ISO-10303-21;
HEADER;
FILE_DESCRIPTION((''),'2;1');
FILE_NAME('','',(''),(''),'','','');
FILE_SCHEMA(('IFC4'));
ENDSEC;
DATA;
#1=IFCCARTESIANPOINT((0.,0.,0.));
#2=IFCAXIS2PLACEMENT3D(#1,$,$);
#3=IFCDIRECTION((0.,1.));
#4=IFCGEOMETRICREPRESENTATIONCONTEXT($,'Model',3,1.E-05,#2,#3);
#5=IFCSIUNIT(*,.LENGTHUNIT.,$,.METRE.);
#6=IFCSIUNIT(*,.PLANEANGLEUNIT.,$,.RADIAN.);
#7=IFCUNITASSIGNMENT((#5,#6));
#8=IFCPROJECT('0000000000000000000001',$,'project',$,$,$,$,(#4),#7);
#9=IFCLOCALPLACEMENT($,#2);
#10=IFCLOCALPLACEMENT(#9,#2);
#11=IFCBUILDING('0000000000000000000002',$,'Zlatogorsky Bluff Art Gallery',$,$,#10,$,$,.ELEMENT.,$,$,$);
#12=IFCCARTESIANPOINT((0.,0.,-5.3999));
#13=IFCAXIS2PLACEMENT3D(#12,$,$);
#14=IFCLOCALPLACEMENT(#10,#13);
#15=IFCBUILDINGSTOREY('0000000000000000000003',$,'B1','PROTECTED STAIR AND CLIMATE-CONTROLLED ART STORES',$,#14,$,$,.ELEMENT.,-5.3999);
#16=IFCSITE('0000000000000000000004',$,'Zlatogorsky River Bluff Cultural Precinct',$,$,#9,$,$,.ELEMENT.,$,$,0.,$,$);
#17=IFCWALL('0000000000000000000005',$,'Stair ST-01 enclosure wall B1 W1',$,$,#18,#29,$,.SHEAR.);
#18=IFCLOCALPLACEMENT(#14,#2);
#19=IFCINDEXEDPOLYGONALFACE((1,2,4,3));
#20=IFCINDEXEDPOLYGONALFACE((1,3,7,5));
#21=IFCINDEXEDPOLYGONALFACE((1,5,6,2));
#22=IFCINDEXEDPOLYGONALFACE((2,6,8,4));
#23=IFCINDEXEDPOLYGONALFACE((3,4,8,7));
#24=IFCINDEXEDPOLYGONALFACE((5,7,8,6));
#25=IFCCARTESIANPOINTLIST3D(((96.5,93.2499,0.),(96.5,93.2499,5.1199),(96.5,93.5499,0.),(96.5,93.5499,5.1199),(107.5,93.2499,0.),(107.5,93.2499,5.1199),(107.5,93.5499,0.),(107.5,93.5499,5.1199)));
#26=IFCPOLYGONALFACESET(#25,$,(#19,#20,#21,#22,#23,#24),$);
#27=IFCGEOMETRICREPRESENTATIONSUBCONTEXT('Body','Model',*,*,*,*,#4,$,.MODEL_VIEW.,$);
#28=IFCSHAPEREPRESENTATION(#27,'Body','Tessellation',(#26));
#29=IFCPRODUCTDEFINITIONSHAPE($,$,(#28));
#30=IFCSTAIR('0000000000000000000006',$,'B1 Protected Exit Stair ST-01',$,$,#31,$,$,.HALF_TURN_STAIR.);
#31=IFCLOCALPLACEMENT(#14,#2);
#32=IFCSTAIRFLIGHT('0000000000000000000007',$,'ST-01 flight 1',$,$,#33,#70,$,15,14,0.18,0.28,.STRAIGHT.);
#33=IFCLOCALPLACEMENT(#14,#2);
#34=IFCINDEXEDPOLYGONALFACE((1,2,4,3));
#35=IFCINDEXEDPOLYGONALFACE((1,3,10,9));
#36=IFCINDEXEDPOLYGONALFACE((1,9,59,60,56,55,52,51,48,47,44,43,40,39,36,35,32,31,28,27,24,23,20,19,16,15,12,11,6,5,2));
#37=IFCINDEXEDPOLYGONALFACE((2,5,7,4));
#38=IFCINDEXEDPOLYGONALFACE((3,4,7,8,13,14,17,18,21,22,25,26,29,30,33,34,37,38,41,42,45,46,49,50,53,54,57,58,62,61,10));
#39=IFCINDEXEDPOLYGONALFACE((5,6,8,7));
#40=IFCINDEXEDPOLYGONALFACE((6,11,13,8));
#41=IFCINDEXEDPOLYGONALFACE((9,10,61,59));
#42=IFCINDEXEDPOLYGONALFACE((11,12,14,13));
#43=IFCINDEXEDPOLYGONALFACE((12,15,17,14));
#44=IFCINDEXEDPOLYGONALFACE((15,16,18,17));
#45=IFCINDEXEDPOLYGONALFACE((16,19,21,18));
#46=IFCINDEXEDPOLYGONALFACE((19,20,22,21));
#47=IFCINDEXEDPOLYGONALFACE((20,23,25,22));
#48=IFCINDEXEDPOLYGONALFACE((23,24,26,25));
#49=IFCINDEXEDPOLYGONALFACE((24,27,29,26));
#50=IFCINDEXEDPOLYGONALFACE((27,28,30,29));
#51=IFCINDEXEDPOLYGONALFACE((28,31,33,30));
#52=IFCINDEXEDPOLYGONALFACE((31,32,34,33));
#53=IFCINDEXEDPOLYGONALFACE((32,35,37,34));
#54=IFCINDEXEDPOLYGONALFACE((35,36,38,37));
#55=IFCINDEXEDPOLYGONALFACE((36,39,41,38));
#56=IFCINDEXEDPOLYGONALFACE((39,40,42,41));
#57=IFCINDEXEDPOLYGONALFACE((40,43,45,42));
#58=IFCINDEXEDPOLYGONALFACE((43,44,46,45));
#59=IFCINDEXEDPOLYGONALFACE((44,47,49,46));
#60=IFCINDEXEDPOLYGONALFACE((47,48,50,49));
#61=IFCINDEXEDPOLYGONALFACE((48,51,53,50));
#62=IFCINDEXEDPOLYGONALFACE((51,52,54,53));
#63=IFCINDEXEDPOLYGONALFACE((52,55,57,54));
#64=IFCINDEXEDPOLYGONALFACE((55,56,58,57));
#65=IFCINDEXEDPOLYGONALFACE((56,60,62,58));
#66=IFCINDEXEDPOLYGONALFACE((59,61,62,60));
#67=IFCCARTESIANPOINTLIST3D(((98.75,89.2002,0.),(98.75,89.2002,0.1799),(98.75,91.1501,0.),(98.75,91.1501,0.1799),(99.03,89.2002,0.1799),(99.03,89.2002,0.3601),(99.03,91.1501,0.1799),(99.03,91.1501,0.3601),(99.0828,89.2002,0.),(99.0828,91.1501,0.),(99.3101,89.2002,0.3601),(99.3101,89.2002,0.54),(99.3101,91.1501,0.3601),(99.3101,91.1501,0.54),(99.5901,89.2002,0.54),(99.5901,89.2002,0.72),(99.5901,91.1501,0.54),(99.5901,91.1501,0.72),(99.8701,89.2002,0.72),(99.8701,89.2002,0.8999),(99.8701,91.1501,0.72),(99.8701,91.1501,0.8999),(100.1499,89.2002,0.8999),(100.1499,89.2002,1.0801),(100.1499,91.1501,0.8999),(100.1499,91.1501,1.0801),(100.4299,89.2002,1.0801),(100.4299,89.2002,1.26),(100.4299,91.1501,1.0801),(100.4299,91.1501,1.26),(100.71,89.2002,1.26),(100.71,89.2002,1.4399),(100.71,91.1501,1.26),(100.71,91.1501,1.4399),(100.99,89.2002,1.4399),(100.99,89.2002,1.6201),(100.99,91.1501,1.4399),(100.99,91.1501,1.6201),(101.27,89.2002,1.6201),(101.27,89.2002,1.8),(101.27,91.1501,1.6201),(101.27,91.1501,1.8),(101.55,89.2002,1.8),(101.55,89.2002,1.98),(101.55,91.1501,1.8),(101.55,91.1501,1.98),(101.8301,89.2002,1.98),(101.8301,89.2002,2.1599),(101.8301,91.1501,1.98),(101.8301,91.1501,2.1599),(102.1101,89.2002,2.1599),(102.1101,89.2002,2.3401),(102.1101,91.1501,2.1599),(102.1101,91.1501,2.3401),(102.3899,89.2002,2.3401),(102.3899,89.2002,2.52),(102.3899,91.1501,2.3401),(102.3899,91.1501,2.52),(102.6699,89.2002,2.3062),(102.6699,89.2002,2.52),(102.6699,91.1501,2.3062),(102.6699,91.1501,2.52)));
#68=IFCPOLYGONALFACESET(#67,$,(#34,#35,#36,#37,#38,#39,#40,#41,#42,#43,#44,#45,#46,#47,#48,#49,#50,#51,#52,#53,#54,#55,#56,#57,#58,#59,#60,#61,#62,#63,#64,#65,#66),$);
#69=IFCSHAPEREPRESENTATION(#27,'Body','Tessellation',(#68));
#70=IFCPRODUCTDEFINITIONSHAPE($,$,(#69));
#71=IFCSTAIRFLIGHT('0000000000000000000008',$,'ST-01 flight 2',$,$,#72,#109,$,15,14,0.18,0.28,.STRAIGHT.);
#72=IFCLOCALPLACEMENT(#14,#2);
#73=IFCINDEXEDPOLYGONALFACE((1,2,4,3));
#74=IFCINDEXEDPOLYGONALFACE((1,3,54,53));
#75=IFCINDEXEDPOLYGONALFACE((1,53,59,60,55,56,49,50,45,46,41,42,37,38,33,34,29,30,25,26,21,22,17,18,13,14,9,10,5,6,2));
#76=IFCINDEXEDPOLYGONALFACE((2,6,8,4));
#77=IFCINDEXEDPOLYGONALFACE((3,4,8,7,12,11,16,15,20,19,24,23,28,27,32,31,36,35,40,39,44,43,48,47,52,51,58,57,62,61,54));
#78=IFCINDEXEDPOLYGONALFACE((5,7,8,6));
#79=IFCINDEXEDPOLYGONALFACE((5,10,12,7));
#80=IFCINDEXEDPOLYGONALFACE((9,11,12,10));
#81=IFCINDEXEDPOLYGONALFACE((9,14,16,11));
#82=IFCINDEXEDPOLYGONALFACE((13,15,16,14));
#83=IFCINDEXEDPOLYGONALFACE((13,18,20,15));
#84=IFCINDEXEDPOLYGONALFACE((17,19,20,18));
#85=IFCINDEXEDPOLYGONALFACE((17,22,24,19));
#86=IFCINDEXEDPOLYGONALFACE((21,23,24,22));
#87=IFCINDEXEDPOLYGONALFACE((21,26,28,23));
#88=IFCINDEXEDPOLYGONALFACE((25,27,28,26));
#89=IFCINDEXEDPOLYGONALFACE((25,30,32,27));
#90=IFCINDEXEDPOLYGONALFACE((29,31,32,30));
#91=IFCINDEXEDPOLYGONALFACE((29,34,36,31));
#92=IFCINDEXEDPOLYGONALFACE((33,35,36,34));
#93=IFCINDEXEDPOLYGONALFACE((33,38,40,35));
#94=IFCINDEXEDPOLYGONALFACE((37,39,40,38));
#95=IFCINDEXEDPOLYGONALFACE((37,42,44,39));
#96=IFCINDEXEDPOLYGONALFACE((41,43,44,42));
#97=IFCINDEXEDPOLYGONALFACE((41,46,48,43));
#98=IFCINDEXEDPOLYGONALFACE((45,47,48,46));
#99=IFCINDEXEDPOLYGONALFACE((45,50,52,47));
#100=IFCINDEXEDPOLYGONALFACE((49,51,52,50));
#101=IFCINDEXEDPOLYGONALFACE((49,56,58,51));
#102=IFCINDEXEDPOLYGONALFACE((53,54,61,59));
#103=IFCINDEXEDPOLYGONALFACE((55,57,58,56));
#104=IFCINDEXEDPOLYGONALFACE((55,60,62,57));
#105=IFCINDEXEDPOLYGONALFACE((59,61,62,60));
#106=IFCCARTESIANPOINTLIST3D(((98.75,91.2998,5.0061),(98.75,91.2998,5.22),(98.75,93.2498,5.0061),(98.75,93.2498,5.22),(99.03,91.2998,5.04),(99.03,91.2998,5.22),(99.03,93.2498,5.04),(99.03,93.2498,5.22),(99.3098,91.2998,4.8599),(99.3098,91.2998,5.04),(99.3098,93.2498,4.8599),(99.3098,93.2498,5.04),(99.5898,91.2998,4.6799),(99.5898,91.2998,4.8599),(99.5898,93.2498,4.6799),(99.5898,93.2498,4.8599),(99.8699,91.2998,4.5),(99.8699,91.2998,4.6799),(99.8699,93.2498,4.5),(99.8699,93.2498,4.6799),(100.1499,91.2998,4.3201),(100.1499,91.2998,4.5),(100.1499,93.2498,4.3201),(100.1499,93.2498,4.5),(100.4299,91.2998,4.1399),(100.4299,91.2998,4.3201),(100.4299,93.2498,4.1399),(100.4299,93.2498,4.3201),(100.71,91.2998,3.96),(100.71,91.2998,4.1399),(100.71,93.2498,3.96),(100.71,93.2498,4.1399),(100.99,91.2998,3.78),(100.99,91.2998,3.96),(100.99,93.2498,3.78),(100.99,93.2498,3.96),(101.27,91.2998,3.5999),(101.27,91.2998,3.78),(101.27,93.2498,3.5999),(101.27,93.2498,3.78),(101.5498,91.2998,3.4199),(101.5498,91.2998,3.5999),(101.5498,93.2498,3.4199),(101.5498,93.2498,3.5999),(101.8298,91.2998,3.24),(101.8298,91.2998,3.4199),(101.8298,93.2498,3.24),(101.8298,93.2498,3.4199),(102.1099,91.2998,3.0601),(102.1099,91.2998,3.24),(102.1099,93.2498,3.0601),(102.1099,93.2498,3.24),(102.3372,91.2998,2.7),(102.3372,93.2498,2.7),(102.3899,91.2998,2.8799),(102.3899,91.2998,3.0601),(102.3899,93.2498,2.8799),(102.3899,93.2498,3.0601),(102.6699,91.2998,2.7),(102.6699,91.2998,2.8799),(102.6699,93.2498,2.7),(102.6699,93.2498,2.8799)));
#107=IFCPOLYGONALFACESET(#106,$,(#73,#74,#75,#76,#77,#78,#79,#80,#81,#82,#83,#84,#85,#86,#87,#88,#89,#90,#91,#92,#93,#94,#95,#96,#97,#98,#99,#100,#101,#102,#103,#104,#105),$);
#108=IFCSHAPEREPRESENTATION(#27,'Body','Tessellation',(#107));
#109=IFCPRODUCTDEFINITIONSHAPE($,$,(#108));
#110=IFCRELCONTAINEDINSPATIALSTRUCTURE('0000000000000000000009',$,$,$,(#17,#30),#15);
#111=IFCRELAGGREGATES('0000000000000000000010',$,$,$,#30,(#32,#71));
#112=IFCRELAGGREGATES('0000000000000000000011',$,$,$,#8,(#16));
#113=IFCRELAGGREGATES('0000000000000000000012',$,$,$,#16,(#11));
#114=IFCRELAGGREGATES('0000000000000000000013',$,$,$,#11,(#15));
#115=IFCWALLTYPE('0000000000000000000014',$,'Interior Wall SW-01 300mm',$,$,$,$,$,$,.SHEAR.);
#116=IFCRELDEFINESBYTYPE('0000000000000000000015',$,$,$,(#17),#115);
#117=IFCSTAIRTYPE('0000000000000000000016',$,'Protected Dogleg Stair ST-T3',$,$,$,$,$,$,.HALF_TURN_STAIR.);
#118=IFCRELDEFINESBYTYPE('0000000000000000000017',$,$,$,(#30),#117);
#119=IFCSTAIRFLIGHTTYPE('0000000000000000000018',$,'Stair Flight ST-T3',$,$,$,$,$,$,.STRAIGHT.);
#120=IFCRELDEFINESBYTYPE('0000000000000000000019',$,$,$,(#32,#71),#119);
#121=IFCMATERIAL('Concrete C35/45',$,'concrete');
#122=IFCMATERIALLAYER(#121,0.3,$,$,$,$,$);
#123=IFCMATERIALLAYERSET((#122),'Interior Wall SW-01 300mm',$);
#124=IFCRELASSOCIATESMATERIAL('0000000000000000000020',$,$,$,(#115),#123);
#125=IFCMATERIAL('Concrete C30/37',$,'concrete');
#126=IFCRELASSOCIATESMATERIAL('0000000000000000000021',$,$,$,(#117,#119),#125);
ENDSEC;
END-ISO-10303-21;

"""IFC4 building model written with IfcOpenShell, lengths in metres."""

from ifc_helpers import new_model, si_unit, direction, frame, frame_2d, origin, place, context, subcontext, project, spatial, polyline, rectangle, outline, extrude, material, layer, layer_set, type_object, element, aggregate, save


model = new_model("IFC4")

# Units and contexts
model_context = context("Model", 3, precision=1e-05, world=origin(), true_north=direction((0.0, 1.0)))
body_context = subcontext(model_context, "Body", "Model", "MODEL_VIEW")
ifc_project = project(units=[si_unit("LENGTHUNIT", "METRE"), si_unit("PLANEANGLEUNIT", "RADIAN")], contexts=[model_context])

# Site, building, storey
site_placement = place(None, origin())
site = spatial("IfcSite", under=ifc_project, at=site_placement, Name="Zlatogorsky River Bluff Cultural Precinct", CompositionType="ELEMENT", RefElevation=0.0)
building_placement = place(site_placement, origin())
building = spatial("IfcBuilding", under=site, at=building_placement, Name="Zlatogorsky Bluff Art Gallery", CompositionType="ELEMENT")
storey_placement = place(building_placement, frame((0.0, 0.0, -5.3999)))
storey = spatial("IfcBuildingStorey", under=building, at=storey_placement, Name="B1", Description="PROTECTED STAIR AND CLIMATE-CONTROLLED ART STORES", CompositionType="ELEMENT", Elevation=-5.3999)

# Shared definitions
ifc_material_1 = material(Name="Concrete C35/45", Category="concrete")

# Wall
ifc_layer_1 = layer(ifc_material_1, 0.3)
ifc_layer_set_1 = layer_set([ifc_layer_1], Name="Interior Wall SW-01 300mm")
wall_type_1 = type_object("IfcWallType", Name="Interior Wall SW-01 300mm", PredefinedType="SHEAR", material=ifc_layer_set_1)
wall_1_placement = place(storey_placement, frame((107.5, 93.3999, 0.0), z_axis=(0.0, 0.0, 1.0), x_axis=(-1.0, 0.0, 0.0)))
element("IfcWall", 1, at=wall_1_placement, inside=storey, type_object=wall_type_1, Name="Stair ST-01 enclosure wall B1 W1", PredefinedType="SHEAR", context=body_context, shape_type="SweptSolid", body=[
    extrude(rectangle(XDim=11.0, YDim=0.3, at=frame_2d((5.5, 0.0))), origin(), (0.0, 0.0, 1.0), 5.1199),
])

# Stair, stair flights
ifc_material_2 = material(Name="Concrete C30/37", Category="concrete")
stair_type = type_object("IfcStairType", Name="Protected Dogleg Stair ST-T3", PredefinedType="HALF_TURN_STAIR", material=ifc_material_2)
stair_placement = place(storey_placement, origin())
stair = element("IfcStair", 2, at=stair_placement, inside=storey, type_object=stair_type, Name="B1 Protected Exit Stair ST-01", PredefinedType="HALF_TURN_STAIR")
stair_flight_type = type_object("IfcStairFlightType", Name="Stair Flight ST-T3", PredefinedType="STRAIGHT", material=ifc_material_2)
stair_flight_1_placement = place(storey_placement, frame((98.75, 90.175, 0.0), z_axis=(0.0, 0.0, 1.0), x_axis=(1.0, 0.0, 0.0)))
stair_flight_1 = element("IfcStairFlight", 3, at=stair_flight_1_placement, type_object=stair_flight_type, Name="ST-01 flight 1", NumberOfRisers=15, NumberOfTreads=14, PredefinedType="STRAIGHT", RiserHeight=0.18, TreadLength=0.28, context=body_context, shape_type="SweptSolid", body=[
    extrude(outline(polyline([(0.0, 0.0), (0.0, 0.1799), (0.28, 0.1799), (0.28, 0.3601), (0.5601, 0.3601), (0.5601, 0.54), (0.8401, 0.54), (0.8401, 0.72), (1.1201, 0.72), (1.1201, 0.8999), (1.3999, 0.8999), (1.3999, 1.0801), (1.6799, 1.0801), (1.6799, 1.26), (1.96, 1.26), (1.96, 1.4399), (2.24, 1.4399), (2.24, 1.6201), (2.52, 1.6201), (2.52, 1.8), (2.8, 1.8), (2.8, 1.98), (3.0801, 1.98), (3.0801, 2.1599), (3.3601, 2.1599), (3.3601, 2.3401), (3.6399, 2.3401), (3.6399, 2.52), (3.9199, 2.52), (3.9199, 2.7), (3.9199, 2.3062), (0.3328, 0.0), (0.0, 0.0)])), frame((0.0, 0.9751, 0.0), z_axis=(0.0, -1.0, 0.0), x_axis=(1.0, 0.0, 0.0)), (0.0, 0.0, 1.0), 1.95),
])
stair_flight_2_placement = place(storey_placement, frame((102.6699, 92.2749, 2.7), z_axis=(0.0, 0.0, 1.0), x_axis=(-1.0, 0.0, 0.0)))
stair_flight_2 = element("IfcStairFlight", 4, at=stair_flight_2_placement, type_object=stair_flight_type, Name="ST-01 flight 2", NumberOfRisers=15, NumberOfTreads=14, PredefinedType="STRAIGHT", RiserHeight=0.18, TreadLength=0.28, context=body_context, shape_type="SweptSolid", body=[
    extrude(outline(polyline([(0.0, 0.0), (0.0, 0.1799), (0.28, 0.1799), (0.28, 0.3601), (0.5601, 0.3601), (0.5601, 0.54), (0.8401, 0.54), (0.8401, 0.72), (1.1201, 0.72), (1.1201, 0.8999), (1.3999, 0.8999), (1.3999, 1.0801), (1.6799, 1.0801), (1.6799, 1.26), (1.96, 1.26), (1.96, 1.4399), (2.24, 1.4399), (2.24, 1.6201), (2.52, 1.6201), (2.52, 1.8), (2.8, 1.8), (2.8, 1.98), (3.0801, 1.98), (3.0801, 2.1599), (3.3601, 2.1599), (3.3601, 2.3401), (3.6399, 2.3401), (3.6399, 2.52), (3.9199, 2.52), (3.9199, 2.7), (3.9199, 2.3062), (0.3328, 0.0), (0.0, 0.0)])), frame((0.0, 0.9751, 0.0), z_axis=(0.0, -1.0, 0.0), x_axis=(1.0, 0.0, 0.0)), (0.0, 0.0, 1.0), 1.95),
])
aggregate(stair, [stair_flight_1, stair_flight_2])

save(model, "model.ifc")
